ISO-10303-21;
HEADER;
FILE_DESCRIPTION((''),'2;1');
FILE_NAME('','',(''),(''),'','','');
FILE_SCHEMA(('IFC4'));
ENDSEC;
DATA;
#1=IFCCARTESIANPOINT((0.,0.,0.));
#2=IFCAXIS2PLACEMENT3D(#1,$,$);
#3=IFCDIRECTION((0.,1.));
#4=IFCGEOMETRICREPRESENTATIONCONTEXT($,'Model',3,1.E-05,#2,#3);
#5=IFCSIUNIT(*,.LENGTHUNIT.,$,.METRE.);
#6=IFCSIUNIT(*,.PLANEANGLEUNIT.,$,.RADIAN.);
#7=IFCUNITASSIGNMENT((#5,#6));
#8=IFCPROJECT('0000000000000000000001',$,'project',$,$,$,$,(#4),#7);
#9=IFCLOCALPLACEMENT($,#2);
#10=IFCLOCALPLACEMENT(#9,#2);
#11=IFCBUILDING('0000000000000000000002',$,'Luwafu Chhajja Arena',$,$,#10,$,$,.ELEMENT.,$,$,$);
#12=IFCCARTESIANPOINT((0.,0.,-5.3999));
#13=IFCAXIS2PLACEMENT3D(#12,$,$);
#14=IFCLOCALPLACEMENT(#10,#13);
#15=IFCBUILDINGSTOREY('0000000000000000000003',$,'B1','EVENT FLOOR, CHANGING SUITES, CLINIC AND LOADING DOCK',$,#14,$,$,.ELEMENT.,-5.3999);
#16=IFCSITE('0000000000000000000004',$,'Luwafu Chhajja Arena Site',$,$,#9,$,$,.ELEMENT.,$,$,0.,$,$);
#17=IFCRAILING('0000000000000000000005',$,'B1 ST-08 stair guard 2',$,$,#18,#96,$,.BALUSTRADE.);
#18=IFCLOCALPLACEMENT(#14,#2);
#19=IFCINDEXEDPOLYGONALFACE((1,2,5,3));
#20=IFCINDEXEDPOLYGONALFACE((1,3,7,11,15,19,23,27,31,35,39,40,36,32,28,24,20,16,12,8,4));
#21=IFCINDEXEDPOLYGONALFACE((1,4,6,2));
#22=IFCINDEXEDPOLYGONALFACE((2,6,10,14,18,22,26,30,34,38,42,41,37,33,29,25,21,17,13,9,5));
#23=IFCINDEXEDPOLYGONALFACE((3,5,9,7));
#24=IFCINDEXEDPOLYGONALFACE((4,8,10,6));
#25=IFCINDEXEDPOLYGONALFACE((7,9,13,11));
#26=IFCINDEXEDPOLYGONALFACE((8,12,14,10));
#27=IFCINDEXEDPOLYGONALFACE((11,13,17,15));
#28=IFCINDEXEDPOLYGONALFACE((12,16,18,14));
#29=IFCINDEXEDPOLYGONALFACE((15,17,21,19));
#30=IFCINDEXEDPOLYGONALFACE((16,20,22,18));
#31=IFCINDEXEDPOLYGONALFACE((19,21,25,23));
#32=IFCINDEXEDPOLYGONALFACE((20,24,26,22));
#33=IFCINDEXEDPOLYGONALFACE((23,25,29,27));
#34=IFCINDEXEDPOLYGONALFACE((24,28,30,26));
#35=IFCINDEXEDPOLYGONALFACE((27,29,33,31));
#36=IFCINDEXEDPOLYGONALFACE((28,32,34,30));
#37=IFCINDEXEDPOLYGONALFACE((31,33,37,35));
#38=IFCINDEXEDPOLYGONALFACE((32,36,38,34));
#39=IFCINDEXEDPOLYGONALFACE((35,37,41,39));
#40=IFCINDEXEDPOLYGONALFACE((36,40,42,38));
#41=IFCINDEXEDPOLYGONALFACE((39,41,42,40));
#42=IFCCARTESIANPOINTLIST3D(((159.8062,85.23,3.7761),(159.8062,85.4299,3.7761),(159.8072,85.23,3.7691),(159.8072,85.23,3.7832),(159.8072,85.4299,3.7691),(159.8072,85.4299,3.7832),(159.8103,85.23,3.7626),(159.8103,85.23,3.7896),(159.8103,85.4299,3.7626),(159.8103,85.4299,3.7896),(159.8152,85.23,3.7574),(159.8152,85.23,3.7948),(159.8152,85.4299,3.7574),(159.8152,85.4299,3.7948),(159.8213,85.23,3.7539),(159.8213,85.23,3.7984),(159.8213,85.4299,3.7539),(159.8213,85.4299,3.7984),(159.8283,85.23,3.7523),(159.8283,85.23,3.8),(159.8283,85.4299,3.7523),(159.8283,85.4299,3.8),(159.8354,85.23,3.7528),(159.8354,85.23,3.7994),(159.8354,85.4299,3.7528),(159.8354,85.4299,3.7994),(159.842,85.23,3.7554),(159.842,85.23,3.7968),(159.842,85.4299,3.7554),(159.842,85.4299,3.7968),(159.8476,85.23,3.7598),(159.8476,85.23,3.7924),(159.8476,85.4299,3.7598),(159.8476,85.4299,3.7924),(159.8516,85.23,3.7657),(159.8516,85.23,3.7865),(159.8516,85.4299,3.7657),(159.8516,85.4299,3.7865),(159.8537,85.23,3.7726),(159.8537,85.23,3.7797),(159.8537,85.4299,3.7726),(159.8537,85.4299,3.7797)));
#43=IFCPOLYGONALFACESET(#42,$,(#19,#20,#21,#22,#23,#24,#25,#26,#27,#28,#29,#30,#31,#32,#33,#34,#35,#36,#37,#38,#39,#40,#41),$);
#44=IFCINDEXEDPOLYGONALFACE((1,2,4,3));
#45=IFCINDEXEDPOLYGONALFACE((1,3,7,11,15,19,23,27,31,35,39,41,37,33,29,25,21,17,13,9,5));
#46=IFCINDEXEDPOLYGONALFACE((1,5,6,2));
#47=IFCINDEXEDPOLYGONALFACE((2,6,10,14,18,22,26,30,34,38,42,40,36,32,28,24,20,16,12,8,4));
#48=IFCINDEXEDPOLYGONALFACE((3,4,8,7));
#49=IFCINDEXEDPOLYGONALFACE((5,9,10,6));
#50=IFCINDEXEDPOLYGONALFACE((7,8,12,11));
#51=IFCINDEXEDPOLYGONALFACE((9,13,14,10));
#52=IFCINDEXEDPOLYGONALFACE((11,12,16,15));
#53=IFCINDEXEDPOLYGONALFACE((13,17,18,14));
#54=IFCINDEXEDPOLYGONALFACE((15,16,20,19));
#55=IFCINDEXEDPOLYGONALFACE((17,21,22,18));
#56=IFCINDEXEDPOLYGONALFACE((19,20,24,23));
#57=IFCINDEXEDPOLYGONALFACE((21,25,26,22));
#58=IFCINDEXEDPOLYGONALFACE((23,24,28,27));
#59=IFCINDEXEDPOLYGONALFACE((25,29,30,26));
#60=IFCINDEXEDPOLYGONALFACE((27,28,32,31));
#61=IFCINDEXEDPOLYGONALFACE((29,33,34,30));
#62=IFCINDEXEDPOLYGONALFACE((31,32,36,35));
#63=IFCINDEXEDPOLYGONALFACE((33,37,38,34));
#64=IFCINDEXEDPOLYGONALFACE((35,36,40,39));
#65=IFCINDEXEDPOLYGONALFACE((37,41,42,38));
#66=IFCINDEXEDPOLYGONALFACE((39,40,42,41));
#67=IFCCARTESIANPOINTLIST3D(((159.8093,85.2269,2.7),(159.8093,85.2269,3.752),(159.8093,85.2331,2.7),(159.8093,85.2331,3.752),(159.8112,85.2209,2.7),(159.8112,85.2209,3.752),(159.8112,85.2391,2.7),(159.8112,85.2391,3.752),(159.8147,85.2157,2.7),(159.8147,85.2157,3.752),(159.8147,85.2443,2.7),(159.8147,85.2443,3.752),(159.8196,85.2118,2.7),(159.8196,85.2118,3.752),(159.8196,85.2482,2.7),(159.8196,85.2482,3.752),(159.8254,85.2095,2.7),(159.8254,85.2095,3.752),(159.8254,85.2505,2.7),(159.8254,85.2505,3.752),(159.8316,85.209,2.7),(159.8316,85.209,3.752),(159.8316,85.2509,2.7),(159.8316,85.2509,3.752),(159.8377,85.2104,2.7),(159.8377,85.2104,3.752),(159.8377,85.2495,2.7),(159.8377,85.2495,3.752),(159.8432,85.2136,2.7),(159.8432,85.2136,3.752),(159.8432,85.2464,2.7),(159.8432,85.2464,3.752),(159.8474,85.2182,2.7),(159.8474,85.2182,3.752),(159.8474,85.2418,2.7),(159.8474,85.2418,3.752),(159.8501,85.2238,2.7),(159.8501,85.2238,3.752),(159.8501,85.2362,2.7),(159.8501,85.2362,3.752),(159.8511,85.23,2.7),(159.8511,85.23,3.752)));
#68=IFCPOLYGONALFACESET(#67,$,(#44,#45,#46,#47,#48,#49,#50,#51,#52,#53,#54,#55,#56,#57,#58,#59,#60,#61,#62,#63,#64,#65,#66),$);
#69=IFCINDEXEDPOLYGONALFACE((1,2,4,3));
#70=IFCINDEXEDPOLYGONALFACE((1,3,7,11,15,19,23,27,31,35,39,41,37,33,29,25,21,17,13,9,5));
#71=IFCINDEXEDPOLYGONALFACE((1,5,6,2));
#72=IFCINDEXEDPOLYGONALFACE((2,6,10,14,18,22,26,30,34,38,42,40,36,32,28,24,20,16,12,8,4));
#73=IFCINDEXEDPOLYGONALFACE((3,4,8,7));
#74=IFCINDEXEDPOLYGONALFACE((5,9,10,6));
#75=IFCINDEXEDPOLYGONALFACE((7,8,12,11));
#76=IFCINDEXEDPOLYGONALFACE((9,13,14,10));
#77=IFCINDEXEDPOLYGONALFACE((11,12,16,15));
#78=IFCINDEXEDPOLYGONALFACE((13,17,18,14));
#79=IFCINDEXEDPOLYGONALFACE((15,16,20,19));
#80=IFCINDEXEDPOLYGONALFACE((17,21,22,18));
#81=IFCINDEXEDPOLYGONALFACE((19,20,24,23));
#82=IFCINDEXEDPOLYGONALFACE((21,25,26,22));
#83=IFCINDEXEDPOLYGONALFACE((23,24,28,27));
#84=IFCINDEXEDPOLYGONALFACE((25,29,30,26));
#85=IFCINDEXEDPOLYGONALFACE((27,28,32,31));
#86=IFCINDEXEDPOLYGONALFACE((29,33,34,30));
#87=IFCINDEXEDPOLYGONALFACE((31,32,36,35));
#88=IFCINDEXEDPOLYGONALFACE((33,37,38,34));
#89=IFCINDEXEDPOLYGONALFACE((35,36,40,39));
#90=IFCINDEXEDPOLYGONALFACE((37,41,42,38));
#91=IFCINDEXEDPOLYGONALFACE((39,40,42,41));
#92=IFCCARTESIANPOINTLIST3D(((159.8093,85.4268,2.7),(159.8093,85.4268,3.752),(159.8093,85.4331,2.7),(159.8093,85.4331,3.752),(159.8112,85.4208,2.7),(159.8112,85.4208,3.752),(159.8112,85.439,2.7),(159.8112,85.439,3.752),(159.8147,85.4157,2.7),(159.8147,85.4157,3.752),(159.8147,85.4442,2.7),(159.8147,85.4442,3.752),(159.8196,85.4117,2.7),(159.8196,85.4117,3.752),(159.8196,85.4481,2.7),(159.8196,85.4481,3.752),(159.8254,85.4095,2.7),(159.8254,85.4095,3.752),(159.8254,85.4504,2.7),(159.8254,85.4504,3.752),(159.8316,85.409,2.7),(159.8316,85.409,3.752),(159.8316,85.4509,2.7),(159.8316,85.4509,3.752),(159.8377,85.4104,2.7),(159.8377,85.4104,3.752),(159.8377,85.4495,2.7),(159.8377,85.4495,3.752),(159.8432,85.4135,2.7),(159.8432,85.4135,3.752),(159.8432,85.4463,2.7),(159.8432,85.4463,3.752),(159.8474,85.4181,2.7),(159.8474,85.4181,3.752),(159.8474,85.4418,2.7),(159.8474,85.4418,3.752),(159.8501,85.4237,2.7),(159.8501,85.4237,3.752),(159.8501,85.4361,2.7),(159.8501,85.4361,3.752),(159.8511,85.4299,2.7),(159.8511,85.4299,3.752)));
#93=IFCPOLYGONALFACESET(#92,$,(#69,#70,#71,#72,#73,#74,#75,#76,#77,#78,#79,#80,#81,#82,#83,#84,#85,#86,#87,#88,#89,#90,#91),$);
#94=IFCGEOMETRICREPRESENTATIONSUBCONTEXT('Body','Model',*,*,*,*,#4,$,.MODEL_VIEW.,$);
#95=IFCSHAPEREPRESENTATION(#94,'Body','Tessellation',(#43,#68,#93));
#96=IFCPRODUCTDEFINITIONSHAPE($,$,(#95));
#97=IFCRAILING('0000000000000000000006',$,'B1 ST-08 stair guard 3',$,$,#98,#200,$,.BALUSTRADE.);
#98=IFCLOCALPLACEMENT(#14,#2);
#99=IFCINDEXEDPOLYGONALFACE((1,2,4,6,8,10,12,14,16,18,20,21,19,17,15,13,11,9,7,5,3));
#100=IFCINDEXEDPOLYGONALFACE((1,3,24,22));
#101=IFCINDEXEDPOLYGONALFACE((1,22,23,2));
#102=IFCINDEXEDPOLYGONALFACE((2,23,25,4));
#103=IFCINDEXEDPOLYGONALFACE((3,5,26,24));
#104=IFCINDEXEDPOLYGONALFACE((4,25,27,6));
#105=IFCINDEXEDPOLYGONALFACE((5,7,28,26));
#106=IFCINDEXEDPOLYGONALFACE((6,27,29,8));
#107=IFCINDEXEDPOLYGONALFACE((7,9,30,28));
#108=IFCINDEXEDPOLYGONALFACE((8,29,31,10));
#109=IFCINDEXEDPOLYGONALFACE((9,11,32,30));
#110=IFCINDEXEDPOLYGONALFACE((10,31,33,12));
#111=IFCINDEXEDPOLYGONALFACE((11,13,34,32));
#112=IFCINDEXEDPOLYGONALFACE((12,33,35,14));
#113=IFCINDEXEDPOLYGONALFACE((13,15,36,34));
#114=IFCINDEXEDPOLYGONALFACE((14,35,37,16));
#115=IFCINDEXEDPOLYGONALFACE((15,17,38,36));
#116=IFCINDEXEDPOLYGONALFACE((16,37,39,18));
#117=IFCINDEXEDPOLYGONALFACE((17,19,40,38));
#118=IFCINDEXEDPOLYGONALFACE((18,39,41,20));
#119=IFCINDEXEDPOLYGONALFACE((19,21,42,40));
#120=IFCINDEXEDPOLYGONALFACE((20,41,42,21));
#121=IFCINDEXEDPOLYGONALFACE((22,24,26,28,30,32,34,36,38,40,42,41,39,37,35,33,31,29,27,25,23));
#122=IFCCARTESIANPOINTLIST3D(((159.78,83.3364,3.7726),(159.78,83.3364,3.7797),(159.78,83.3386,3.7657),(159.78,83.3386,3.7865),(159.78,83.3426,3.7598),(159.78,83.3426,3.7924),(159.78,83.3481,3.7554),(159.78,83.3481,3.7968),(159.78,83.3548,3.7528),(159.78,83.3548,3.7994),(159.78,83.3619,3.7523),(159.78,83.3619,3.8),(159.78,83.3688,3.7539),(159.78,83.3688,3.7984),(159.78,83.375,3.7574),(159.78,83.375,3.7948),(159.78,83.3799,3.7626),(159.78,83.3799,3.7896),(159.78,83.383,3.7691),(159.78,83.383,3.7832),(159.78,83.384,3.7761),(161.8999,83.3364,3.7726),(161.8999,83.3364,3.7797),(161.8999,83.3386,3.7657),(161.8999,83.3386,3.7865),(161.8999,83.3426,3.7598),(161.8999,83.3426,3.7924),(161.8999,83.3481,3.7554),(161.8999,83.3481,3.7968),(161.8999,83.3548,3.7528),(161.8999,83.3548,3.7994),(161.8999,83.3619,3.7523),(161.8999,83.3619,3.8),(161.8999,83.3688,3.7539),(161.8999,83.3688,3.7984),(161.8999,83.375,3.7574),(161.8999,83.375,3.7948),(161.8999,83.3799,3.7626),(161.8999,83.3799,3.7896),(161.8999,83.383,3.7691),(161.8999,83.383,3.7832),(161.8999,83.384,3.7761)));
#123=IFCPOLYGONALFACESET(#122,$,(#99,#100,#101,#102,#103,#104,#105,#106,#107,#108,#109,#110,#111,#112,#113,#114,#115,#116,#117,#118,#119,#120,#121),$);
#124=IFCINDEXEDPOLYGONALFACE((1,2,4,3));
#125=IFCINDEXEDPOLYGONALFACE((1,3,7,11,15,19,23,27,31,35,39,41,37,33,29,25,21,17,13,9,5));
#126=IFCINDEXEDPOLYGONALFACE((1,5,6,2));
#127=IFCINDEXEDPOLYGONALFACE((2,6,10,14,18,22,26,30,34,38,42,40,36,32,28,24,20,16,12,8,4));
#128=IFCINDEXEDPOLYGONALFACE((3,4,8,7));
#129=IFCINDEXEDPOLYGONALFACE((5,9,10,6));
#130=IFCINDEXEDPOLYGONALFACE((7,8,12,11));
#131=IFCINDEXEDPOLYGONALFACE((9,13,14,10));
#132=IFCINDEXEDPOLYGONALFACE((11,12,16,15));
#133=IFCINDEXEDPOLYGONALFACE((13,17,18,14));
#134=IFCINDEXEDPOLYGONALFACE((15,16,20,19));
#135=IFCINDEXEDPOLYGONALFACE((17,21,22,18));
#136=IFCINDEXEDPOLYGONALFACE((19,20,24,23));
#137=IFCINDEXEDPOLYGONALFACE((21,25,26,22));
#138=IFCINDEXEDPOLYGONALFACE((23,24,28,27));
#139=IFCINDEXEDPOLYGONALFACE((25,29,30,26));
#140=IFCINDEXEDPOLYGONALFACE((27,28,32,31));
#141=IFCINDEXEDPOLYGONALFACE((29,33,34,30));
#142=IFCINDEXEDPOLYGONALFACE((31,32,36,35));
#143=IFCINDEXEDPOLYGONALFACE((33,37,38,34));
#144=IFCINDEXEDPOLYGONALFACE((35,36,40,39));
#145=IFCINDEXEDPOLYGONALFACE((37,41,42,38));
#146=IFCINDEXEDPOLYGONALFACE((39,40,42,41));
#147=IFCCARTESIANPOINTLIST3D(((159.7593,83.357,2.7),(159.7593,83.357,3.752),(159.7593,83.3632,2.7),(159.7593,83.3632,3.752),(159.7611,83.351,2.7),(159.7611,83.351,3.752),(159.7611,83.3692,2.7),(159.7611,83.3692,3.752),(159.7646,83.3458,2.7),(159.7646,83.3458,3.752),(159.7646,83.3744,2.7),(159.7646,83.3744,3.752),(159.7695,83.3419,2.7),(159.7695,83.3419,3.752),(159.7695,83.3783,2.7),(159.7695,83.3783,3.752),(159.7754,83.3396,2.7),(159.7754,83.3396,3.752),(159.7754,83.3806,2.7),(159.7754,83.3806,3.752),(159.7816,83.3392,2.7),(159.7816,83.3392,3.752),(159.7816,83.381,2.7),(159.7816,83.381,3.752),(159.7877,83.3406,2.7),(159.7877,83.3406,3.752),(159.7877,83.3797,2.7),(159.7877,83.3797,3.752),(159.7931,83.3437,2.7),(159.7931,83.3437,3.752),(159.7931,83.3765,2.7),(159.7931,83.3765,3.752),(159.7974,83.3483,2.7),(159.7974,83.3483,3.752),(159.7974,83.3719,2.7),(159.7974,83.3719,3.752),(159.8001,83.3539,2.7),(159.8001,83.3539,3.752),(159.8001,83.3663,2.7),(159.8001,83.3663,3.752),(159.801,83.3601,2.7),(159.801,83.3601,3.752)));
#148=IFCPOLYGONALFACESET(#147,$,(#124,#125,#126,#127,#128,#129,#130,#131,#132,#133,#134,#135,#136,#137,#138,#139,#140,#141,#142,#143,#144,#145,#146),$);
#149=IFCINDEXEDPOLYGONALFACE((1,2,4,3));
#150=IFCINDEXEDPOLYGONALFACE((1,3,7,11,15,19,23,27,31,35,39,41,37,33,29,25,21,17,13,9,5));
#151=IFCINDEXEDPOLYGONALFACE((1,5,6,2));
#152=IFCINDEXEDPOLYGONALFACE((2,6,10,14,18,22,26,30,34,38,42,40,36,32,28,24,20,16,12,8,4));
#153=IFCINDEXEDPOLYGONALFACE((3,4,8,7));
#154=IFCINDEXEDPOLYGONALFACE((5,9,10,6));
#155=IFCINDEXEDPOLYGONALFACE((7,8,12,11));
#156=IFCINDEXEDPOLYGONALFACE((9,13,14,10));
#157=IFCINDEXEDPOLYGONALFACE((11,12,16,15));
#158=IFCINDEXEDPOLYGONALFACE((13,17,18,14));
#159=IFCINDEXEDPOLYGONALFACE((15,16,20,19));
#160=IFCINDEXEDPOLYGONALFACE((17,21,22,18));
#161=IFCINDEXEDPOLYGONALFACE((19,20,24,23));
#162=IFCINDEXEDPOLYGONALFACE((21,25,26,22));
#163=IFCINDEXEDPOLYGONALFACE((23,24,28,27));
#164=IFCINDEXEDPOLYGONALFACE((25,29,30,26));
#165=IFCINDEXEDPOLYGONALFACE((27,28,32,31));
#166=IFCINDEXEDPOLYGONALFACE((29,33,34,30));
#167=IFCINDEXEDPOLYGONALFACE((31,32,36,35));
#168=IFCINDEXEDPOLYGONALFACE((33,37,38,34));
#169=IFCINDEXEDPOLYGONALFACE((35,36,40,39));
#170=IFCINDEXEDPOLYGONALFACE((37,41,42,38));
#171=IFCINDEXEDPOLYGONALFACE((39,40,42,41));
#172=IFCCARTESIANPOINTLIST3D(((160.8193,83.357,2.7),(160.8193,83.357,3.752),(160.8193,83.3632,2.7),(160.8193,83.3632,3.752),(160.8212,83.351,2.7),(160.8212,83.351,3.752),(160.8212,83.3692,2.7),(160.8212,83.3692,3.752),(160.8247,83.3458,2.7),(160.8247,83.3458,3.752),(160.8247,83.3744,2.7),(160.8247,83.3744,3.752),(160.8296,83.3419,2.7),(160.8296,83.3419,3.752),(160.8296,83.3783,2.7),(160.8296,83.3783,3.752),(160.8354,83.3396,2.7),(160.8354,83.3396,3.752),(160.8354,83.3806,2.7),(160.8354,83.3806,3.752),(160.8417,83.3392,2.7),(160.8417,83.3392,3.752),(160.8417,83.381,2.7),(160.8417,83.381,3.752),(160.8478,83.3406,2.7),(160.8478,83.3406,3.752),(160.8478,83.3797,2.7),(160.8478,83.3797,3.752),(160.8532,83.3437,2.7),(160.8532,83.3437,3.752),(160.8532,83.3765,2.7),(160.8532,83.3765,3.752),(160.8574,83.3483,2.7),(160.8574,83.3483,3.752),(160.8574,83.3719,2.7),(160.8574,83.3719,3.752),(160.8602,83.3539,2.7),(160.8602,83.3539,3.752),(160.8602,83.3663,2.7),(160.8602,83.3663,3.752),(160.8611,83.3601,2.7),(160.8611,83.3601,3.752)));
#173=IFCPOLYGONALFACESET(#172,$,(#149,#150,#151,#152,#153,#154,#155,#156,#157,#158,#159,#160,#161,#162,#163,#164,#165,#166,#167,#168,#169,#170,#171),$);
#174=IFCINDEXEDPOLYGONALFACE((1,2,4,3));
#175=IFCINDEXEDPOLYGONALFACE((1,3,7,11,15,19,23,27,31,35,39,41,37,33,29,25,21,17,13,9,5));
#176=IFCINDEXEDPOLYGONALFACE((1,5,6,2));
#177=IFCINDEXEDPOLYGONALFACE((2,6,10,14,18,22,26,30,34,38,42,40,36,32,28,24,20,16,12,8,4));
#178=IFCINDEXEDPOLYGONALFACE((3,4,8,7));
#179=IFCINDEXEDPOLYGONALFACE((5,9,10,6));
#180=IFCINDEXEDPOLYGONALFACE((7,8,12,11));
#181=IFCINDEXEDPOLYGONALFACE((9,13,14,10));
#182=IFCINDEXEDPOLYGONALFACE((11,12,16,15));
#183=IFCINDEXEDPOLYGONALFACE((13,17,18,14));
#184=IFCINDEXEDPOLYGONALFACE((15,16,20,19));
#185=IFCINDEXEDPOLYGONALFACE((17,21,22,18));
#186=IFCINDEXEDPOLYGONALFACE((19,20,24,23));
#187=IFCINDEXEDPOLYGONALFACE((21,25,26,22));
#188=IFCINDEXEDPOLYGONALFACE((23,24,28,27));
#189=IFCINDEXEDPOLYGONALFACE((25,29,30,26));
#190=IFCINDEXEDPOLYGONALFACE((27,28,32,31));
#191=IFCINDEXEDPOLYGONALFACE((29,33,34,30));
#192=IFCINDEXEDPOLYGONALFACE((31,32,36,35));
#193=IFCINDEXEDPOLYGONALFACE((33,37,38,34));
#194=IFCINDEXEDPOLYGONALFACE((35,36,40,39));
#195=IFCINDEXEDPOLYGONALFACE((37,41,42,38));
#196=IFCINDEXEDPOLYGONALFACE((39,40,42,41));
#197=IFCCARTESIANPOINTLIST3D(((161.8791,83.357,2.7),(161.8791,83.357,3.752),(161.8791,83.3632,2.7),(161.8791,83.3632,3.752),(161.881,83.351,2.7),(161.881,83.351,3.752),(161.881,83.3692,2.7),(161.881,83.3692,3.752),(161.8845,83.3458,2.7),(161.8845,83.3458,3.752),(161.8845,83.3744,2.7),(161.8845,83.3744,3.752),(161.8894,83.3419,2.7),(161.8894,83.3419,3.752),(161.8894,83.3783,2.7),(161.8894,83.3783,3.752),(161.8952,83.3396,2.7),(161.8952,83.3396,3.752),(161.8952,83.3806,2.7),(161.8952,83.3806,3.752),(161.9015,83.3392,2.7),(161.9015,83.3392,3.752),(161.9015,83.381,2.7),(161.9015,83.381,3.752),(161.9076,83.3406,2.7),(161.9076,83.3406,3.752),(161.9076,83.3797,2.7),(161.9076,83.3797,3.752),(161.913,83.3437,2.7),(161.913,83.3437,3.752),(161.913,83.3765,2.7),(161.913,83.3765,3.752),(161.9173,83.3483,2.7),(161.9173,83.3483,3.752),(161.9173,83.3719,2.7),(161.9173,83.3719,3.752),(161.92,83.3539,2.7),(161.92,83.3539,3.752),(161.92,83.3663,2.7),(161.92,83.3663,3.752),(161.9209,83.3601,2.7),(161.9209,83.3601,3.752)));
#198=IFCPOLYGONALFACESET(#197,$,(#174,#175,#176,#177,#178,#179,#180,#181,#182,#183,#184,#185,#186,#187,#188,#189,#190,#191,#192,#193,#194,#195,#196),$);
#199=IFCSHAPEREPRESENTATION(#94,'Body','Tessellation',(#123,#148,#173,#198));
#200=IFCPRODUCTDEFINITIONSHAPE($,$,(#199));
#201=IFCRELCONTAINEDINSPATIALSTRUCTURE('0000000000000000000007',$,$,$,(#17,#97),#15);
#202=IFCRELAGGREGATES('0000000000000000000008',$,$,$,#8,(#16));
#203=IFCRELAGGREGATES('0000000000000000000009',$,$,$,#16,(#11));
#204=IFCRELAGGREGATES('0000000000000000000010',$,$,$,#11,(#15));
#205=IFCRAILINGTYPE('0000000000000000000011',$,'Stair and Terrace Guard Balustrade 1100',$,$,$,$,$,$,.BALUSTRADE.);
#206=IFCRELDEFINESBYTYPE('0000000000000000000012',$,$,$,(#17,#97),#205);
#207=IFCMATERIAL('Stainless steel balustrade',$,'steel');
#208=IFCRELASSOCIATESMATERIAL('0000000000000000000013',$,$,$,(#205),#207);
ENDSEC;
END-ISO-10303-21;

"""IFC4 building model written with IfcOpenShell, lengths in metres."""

from ifc_helpers import new_model, si_unit, direction, frame, origin, origin_2d, place, context, subcontext, project, spatial, circle, extrude, material, type_object, element, save


model = new_model("IFC4")

# Units and contexts
model_context = context("Model", 3, precision=1e-05, world=origin(), true_north=direction((0.0, 1.0)))
body_context = subcontext(model_context, "Body", "Model", "MODEL_VIEW")
ifc_project = project(units=[si_unit("LENGTHUNIT", "METRE"), si_unit("PLANEANGLEUNIT", "RADIAN")], contexts=[model_context])

# Site, building, storey
site_placement = place(None, origin())
site = spatial("IfcSite", under=ifc_project, at=site_placement, Name="Luwafu Chhajja Arena Site", CompositionType="ELEMENT", RefElevation=0.0)
building_placement = place(site_placement, origin())
building = spatial("IfcBuilding", under=site, at=building_placement, Name="Luwafu Chhajja Arena", CompositionType="ELEMENT")
storey_placement = place(building_placement, frame((0.0, 0.0, -5.3999)))
storey = spatial("IfcBuildingStorey", under=building, at=storey_placement, Name="B1", Description="EVENT FLOOR, CHANGING SUITES, CLINIC AND LOADING DOCK", CompositionType="ELEMENT", Elevation=-5.3999)

# Railings
ifc_material_1 = material(Name="Stainless steel balustrade", Category="steel")
railing_type_1 = type_object("IfcRailingType", Name="Stair and Terrace Guard Balustrade 1100", PredefinedType="BALUSTRADE", material=ifc_material_1)
railing_1_placement = place(storey_placement, frame((159.8301, 85.23, 2.7)))
element("IfcRailing", 1, at=railing_1_placement, inside=storey, type_object=railing_type_1, Name="B1 ST-08 stair guard 2", PredefinedType="BALUSTRADE", context=body_context, shape_type="SweptSolid", body=[
    extrude(circle(Radius=0.0239, at=origin_2d()), frame((0.0, 0.0, 1.0762), z_axis=(0.0, 1.0, 0.0), x_axis=(-1.0, 0.0, 0.0)), (0.0, 0.0, 1.0), 0.2),
    extrude(circle(Radius=0.021, at=origin_2d()), origin(), (0.0, 0.0, 1.0), 1.052),
    extrude(circle(Radius=0.021, at=origin_2d()), frame((0.0, 0.2, 0.0)), (0.0, 0.0, 1.0), 1.052),
])
for number, where, name in (
    (2, (159.78, 83.3601, 2.7), "B1 ST-08 stair guard 3"),
):
    element("IfcRailing", number, at=place(storey_placement, frame(where)), inside=storey, type_object=railing_type_1, Name=name, PredefinedType="BALUSTRADE", context=body_context, shape_type="SweptSolid", body=[
        extrude(circle(Radius=0.0239, at=origin_2d()), frame((0.0, 0.0, 1.0762), z_axis=(1.0, 0.0, 0.0), x_axis=(0.0, 1.0, 0.0)), (0.0, 0.0, 1.0), 2.1199),
        extrude(circle(Radius=0.021, at=origin_2d()), origin(), (0.0, 0.0, 1.0), 1.052),
        extrude(circle(Radius=0.021, at=origin_2d()), frame((1.0601, 0.0, 0.0)), (0.0, 0.0, 1.0), 1.052),
        extrude(circle(Radius=0.021, at=origin_2d()), frame((2.1199, 0.0, 0.0)), (0.0, 0.0, 1.0), 1.052),
    ])

save(model, "model.ifc")
